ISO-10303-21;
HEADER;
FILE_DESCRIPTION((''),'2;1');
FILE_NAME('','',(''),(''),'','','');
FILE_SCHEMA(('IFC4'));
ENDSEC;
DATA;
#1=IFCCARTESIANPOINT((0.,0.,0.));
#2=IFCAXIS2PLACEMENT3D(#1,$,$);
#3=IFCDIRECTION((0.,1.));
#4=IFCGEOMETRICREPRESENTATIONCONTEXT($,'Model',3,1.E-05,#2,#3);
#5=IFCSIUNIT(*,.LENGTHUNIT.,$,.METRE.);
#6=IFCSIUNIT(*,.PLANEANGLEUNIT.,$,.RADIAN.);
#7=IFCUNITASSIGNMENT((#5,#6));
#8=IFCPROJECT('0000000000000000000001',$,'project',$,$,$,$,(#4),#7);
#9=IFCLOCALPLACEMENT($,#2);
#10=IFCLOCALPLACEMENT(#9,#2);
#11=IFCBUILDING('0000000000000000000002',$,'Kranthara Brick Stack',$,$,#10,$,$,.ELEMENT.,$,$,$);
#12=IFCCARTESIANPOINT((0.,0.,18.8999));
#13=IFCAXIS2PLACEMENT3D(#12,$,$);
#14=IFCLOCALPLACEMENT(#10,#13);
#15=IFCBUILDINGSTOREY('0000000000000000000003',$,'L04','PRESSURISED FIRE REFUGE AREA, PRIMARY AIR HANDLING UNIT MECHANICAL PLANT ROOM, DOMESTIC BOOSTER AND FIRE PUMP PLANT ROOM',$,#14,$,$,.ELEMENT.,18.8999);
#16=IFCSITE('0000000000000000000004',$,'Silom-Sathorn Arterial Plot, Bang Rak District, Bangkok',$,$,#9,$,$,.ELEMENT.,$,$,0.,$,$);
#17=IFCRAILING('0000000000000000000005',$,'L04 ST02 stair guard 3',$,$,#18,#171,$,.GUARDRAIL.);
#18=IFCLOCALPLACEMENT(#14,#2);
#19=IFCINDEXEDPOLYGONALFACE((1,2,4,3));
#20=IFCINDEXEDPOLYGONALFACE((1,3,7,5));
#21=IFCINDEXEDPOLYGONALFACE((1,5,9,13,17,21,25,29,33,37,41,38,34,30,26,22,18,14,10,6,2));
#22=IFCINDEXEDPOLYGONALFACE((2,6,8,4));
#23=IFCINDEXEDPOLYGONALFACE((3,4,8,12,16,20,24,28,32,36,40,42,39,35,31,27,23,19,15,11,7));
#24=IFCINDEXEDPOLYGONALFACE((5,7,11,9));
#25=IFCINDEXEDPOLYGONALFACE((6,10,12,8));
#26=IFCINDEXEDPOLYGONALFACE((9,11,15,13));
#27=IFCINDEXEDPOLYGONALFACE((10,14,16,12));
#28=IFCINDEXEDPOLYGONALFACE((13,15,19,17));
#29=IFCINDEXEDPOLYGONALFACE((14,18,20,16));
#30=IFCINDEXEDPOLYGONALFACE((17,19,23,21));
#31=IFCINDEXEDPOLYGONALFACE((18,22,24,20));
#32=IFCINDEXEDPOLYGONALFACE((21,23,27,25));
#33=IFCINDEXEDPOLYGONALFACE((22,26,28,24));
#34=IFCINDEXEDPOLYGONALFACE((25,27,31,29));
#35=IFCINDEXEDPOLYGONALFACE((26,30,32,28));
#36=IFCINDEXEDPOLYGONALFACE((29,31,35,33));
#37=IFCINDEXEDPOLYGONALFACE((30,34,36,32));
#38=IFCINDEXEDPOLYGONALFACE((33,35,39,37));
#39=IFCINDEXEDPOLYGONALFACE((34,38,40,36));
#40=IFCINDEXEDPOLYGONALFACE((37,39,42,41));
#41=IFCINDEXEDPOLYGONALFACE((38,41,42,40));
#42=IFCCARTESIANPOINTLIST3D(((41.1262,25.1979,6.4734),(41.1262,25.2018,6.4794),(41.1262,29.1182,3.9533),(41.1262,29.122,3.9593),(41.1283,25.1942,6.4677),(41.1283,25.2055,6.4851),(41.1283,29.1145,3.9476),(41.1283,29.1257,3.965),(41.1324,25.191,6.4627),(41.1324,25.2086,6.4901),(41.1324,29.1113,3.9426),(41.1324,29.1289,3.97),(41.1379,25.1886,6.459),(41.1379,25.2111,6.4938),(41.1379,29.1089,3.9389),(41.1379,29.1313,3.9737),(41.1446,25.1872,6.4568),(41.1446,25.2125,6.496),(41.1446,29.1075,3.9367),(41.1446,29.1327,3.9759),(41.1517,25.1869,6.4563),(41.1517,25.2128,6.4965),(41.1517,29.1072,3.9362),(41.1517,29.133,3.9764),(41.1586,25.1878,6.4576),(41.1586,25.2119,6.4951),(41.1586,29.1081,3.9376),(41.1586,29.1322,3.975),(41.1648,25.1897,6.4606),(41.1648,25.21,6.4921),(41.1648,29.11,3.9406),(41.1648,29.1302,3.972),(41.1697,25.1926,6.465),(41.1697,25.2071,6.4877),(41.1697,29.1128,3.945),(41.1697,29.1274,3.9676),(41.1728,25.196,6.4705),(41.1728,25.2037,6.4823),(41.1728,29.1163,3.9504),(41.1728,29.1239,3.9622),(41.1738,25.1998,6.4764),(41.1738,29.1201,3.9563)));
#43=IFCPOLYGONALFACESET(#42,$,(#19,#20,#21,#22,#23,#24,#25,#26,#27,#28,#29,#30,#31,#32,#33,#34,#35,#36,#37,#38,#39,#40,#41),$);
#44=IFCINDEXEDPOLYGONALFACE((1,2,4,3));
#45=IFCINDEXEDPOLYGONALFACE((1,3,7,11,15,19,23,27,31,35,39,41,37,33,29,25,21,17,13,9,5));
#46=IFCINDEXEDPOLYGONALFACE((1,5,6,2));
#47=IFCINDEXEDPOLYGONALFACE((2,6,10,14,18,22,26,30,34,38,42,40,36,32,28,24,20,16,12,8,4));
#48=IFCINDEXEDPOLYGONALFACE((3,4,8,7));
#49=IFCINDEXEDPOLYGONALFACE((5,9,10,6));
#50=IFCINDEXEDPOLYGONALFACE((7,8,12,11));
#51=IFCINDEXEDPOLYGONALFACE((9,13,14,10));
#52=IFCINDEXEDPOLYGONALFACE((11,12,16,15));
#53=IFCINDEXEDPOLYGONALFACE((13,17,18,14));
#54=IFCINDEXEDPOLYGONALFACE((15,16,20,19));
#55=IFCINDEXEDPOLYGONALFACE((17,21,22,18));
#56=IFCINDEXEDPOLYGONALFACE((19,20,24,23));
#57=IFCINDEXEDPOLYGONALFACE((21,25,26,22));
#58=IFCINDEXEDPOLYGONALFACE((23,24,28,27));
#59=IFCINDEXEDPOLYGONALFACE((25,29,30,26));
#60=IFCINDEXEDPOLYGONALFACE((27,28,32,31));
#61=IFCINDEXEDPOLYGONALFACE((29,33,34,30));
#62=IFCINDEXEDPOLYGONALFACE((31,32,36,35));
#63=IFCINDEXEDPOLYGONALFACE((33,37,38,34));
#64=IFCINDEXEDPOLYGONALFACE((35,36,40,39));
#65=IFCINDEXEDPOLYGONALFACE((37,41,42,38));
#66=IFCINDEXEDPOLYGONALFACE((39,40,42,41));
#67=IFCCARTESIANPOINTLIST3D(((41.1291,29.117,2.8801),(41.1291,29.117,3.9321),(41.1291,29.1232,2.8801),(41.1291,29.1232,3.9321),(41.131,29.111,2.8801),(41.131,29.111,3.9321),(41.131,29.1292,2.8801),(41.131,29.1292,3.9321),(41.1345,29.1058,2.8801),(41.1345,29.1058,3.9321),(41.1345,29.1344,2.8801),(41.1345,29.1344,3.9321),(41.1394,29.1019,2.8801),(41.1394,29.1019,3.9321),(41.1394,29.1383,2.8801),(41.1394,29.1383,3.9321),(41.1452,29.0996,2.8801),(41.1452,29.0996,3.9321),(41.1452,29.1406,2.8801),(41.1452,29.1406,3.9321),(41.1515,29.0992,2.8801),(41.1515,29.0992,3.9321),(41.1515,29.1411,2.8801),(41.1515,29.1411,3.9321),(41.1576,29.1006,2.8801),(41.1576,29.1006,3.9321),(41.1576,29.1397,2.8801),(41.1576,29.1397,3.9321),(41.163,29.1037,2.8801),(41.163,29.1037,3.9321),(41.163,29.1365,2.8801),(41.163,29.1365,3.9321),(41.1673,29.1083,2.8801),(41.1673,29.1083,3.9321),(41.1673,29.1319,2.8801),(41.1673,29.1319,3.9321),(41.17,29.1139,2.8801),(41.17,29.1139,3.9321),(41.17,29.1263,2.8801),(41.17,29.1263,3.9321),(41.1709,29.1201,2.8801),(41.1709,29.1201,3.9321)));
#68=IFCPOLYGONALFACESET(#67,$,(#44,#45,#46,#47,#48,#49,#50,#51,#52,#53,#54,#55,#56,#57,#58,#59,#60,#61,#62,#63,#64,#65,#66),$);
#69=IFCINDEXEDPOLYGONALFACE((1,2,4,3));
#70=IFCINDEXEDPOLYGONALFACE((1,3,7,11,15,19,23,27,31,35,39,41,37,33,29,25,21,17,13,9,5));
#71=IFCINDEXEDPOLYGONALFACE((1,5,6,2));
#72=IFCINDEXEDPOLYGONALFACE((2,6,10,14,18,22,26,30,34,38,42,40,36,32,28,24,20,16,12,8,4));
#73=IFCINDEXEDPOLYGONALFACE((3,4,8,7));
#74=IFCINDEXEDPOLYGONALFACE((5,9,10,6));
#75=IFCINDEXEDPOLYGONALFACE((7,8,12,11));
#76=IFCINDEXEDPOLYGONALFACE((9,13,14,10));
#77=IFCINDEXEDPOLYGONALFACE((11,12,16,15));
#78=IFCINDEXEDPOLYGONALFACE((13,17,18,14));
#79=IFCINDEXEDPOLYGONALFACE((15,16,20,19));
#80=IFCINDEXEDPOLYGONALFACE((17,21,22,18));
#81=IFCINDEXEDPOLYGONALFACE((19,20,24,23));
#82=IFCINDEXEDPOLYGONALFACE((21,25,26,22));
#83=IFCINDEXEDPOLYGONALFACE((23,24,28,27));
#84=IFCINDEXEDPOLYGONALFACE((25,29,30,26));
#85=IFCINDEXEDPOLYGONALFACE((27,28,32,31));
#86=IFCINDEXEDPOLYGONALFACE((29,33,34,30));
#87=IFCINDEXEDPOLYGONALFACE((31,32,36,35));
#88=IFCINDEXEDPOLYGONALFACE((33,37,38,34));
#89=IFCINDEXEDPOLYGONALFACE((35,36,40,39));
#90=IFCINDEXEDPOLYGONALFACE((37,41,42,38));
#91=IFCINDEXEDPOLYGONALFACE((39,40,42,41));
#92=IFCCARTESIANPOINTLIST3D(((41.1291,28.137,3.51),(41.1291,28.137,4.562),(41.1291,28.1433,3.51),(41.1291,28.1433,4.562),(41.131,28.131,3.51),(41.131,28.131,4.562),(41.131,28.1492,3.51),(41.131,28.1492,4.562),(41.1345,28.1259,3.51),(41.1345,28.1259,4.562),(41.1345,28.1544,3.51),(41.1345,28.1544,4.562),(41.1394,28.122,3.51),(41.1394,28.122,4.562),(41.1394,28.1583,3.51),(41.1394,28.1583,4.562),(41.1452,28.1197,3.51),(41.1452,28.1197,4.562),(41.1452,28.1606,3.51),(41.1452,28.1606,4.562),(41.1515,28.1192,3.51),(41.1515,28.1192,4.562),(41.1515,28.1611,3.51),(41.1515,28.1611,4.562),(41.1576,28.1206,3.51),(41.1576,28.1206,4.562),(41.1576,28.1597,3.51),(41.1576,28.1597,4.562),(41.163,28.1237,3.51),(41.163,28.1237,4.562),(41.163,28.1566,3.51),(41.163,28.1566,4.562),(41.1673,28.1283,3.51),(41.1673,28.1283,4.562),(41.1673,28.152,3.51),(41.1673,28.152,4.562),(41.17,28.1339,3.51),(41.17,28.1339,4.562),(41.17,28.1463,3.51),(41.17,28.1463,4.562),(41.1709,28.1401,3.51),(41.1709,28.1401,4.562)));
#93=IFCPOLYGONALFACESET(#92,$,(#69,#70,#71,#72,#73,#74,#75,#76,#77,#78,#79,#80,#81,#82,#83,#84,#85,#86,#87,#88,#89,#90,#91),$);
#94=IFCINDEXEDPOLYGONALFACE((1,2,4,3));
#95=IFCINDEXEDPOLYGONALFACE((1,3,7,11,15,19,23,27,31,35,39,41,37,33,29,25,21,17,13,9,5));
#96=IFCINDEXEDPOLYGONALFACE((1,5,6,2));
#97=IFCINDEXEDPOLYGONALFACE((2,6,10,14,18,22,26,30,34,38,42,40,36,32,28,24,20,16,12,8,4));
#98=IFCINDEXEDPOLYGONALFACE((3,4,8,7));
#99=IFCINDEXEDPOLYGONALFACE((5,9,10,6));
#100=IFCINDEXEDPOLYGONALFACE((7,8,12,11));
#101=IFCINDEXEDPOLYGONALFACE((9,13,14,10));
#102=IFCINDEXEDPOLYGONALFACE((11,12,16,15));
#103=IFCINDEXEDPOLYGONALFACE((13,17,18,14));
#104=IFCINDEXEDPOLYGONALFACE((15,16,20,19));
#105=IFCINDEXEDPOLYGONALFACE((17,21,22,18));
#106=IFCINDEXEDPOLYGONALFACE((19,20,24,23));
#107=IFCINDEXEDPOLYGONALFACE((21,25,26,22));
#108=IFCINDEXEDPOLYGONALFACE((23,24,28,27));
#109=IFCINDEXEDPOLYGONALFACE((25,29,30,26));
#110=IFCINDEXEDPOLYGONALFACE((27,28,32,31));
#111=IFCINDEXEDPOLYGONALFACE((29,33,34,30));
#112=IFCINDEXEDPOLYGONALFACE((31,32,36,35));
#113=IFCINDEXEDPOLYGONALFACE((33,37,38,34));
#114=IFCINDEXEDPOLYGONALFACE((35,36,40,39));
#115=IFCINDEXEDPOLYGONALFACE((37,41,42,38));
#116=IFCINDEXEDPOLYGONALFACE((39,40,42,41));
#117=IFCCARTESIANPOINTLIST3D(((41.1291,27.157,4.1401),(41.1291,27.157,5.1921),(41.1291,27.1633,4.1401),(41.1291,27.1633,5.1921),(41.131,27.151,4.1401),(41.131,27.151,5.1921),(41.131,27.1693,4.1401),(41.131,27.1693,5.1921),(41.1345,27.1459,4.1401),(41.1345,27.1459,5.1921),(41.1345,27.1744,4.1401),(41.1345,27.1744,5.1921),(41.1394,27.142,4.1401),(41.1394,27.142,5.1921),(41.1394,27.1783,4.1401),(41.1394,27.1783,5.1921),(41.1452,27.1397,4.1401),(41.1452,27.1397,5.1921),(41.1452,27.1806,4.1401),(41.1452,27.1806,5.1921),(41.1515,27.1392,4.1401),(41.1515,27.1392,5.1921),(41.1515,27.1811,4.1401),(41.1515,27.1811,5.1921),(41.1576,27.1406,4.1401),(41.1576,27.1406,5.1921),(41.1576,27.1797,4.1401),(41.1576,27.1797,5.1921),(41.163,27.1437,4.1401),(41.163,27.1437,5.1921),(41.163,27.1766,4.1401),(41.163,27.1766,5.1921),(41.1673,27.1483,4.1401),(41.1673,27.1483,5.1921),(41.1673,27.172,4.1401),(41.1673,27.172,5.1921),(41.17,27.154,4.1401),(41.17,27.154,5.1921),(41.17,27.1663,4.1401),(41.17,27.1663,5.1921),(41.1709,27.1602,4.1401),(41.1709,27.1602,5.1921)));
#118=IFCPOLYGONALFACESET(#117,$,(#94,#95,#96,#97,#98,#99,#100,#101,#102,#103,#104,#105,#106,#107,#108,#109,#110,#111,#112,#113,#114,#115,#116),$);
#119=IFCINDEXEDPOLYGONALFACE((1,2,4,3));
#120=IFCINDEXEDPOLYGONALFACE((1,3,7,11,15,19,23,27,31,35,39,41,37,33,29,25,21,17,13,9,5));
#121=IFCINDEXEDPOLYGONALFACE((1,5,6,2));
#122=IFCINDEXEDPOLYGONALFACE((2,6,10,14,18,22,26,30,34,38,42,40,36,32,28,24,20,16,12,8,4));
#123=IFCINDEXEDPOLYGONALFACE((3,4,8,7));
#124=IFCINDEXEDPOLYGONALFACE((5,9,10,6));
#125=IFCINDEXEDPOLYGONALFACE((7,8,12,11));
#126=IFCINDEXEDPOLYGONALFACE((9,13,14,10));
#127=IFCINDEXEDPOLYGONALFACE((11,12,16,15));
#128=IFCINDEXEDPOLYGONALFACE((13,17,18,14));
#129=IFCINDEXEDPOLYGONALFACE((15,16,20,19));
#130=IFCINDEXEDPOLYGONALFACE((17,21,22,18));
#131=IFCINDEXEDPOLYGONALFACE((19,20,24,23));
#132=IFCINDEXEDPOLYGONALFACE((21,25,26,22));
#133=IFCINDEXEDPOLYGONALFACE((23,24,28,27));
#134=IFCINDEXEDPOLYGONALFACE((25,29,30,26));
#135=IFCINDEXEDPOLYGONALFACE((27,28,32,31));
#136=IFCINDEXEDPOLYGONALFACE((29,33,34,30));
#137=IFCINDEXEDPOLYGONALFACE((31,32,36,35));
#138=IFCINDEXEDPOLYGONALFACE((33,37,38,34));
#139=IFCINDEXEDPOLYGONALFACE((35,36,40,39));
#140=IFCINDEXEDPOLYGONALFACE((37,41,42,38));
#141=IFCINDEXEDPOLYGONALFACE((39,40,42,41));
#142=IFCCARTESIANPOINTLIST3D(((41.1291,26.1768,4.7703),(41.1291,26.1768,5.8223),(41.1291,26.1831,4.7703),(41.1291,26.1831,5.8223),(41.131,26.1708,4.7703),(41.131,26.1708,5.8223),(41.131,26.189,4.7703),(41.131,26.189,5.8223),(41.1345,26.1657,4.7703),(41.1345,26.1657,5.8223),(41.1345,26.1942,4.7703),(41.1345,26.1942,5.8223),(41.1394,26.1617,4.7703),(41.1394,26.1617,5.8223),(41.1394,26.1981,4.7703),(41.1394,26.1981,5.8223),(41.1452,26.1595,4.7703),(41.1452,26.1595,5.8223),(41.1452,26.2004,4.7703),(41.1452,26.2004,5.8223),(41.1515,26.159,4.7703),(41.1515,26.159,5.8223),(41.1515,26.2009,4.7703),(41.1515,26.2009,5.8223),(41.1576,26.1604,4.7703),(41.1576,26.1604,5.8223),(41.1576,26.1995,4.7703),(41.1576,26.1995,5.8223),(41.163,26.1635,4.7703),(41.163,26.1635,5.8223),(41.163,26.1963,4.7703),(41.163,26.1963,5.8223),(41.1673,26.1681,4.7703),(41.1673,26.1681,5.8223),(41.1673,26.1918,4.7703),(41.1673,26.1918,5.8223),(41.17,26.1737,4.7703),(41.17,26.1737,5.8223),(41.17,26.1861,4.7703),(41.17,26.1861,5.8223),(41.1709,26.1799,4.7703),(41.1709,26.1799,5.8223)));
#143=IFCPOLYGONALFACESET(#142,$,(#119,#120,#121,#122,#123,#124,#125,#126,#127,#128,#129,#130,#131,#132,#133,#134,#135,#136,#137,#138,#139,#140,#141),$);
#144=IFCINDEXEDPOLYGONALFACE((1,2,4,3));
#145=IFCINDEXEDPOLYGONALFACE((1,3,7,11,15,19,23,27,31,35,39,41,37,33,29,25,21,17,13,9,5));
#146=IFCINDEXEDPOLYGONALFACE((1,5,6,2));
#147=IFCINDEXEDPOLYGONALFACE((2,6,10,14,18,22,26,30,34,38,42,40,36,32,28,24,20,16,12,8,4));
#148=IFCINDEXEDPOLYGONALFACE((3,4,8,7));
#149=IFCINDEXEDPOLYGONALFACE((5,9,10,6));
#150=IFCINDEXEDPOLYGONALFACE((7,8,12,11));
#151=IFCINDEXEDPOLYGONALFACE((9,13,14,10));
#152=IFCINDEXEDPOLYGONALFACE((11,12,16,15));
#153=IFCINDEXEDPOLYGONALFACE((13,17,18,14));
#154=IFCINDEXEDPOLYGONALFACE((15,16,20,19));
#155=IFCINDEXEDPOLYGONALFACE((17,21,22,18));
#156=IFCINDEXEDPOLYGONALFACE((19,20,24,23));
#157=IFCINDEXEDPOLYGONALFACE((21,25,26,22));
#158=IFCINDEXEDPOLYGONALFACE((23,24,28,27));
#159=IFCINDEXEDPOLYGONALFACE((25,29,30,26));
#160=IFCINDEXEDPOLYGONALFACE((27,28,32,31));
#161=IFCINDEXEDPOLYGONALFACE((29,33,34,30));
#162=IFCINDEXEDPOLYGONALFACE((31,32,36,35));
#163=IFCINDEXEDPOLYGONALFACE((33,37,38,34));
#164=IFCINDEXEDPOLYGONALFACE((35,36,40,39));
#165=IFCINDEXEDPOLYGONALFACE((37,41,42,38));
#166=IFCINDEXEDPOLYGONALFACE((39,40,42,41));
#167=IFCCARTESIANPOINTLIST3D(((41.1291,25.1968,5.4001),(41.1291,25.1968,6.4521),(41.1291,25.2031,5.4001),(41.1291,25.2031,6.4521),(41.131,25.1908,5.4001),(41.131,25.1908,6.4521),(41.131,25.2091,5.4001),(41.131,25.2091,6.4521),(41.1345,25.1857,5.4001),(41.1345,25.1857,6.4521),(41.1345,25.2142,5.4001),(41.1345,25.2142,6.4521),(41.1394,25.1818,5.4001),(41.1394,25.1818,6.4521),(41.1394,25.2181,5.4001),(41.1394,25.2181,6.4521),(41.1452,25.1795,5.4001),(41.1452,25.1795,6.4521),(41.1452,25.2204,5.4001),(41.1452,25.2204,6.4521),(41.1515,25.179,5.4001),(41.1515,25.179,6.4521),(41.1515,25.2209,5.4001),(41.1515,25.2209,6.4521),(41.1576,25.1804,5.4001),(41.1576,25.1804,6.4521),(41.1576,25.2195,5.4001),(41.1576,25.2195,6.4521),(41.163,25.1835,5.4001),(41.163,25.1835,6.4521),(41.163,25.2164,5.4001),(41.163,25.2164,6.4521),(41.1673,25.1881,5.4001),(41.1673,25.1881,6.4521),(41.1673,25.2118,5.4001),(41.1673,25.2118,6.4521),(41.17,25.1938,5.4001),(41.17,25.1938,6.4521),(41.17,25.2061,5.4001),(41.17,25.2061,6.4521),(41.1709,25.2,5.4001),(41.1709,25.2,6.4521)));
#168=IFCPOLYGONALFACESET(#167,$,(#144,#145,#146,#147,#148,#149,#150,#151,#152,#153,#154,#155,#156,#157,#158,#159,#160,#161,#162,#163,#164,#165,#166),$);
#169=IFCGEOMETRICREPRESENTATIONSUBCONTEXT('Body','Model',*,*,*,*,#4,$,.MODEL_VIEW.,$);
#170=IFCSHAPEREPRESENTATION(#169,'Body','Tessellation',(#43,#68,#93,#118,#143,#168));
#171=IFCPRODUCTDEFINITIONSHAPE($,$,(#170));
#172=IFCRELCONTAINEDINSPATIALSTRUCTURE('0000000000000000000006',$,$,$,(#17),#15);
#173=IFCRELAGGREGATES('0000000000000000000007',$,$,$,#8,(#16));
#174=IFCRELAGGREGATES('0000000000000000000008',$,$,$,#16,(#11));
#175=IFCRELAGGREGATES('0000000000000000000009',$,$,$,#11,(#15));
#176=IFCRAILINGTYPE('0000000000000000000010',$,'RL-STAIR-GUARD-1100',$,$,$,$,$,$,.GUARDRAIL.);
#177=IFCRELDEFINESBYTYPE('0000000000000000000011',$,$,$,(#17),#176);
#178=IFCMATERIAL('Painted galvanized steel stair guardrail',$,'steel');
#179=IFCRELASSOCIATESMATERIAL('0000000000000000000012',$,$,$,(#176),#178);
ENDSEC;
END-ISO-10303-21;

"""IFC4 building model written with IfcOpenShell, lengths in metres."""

from ifc_helpers import new_model, si_unit, direction, frame, origin, origin_2d, place, context, subcontext, project, spatial, circle, extrude, material, type_object, element, save


model = new_model("IFC4")

# Units and contexts
model_context = context("Model", 3, precision=1e-05, world=origin(), true_north=direction((0.0, 1.0)))
body_context = subcontext(model_context, "Body", "Model", "MODEL_VIEW")
ifc_project = project(units=[si_unit("LENGTHUNIT", "METRE"), si_unit("PLANEANGLEUNIT", "RADIAN")], contexts=[model_context])

# Site, building, storey
site_placement = place(None, origin())
site = spatial("IfcSite", under=ifc_project, at=site_placement, Name="Silom-Sathorn Arterial Plot, Bang Rak District, Bangkok", CompositionType="ELEMENT", RefElevation=0.0)
building_placement = place(site_placement, origin())
building = spatial("IfcBuilding", under=site, at=building_placement, Name="Kranthara Brick Stack", CompositionType="ELEMENT")
storey_placement = place(building_placement, frame((0.0, 0.0, 18.8999)))
storey = spatial("IfcBuildingStorey", under=building, at=storey_placement, Name="L04", Description="PRESSURISED FIRE REFUGE AREA, PRIMARY AIR HANDLING UNIT MECHANICAL PLANT ROOM, DOMESTIC BOOSTER AND FIRE PUMP PLANT ROOM", CompositionType="ELEMENT", Elevation=18.8999)

# Railing
ifc_material_1 = material(Name="Painted galvanized steel stair guardrail", Category="steel")
railing_type_1 = type_object("IfcRailingType", Name="RL-STAIR-GUARD-1100", PredefinedType="GUARDRAIL", material=ifc_material_1)
railing_1_placement = place(storey_placement, frame((41.1499, 29.1201, 2.8801)))
element("IfcRailing", 1, at=railing_1_placement, inside=storey, type_object=railing_type_1, Name="L04 ST02 stair guard 3", PredefinedType="GUARDRAIL", context=body_context, shape_type="SweptSolid", body=[
    extrude(circle(Radius=0.0239, at=origin_2d()), frame((0.0, 0.0, 1.0762), z_axis=(0.0, -0.841187, 0.540744), x_axis=(1.0, 0.0, 0.0)), (0.0, 0.0, 1.0), 4.6604),
    extrude(circle(Radius=0.021, at=origin_2d()), origin(), (0.0, 0.0, 1.0), 1.052),
    extrude(circle(Radius=0.021, at=origin_2d()), frame((0.0, -0.98, 0.6299)), (0.0, 0.0, 1.0), 1.052),
    extrude(circle(Radius=0.021, at=origin_2d()), frame((0.0, -1.96, 1.26)), (0.0, 0.0, 1.0), 1.052),
    extrude(circle(Radius=0.021, at=origin_2d()), frame((0.0, -2.9402, 1.8901)), (0.0, 0.0, 1.0), 1.052),
    extrude(circle(Radius=0.021, at=origin_2d()), frame((0.0, -3.9202, 2.52)), (0.0, 0.0, 1.0), 1.052),
])

save(model, "model.ifc")
